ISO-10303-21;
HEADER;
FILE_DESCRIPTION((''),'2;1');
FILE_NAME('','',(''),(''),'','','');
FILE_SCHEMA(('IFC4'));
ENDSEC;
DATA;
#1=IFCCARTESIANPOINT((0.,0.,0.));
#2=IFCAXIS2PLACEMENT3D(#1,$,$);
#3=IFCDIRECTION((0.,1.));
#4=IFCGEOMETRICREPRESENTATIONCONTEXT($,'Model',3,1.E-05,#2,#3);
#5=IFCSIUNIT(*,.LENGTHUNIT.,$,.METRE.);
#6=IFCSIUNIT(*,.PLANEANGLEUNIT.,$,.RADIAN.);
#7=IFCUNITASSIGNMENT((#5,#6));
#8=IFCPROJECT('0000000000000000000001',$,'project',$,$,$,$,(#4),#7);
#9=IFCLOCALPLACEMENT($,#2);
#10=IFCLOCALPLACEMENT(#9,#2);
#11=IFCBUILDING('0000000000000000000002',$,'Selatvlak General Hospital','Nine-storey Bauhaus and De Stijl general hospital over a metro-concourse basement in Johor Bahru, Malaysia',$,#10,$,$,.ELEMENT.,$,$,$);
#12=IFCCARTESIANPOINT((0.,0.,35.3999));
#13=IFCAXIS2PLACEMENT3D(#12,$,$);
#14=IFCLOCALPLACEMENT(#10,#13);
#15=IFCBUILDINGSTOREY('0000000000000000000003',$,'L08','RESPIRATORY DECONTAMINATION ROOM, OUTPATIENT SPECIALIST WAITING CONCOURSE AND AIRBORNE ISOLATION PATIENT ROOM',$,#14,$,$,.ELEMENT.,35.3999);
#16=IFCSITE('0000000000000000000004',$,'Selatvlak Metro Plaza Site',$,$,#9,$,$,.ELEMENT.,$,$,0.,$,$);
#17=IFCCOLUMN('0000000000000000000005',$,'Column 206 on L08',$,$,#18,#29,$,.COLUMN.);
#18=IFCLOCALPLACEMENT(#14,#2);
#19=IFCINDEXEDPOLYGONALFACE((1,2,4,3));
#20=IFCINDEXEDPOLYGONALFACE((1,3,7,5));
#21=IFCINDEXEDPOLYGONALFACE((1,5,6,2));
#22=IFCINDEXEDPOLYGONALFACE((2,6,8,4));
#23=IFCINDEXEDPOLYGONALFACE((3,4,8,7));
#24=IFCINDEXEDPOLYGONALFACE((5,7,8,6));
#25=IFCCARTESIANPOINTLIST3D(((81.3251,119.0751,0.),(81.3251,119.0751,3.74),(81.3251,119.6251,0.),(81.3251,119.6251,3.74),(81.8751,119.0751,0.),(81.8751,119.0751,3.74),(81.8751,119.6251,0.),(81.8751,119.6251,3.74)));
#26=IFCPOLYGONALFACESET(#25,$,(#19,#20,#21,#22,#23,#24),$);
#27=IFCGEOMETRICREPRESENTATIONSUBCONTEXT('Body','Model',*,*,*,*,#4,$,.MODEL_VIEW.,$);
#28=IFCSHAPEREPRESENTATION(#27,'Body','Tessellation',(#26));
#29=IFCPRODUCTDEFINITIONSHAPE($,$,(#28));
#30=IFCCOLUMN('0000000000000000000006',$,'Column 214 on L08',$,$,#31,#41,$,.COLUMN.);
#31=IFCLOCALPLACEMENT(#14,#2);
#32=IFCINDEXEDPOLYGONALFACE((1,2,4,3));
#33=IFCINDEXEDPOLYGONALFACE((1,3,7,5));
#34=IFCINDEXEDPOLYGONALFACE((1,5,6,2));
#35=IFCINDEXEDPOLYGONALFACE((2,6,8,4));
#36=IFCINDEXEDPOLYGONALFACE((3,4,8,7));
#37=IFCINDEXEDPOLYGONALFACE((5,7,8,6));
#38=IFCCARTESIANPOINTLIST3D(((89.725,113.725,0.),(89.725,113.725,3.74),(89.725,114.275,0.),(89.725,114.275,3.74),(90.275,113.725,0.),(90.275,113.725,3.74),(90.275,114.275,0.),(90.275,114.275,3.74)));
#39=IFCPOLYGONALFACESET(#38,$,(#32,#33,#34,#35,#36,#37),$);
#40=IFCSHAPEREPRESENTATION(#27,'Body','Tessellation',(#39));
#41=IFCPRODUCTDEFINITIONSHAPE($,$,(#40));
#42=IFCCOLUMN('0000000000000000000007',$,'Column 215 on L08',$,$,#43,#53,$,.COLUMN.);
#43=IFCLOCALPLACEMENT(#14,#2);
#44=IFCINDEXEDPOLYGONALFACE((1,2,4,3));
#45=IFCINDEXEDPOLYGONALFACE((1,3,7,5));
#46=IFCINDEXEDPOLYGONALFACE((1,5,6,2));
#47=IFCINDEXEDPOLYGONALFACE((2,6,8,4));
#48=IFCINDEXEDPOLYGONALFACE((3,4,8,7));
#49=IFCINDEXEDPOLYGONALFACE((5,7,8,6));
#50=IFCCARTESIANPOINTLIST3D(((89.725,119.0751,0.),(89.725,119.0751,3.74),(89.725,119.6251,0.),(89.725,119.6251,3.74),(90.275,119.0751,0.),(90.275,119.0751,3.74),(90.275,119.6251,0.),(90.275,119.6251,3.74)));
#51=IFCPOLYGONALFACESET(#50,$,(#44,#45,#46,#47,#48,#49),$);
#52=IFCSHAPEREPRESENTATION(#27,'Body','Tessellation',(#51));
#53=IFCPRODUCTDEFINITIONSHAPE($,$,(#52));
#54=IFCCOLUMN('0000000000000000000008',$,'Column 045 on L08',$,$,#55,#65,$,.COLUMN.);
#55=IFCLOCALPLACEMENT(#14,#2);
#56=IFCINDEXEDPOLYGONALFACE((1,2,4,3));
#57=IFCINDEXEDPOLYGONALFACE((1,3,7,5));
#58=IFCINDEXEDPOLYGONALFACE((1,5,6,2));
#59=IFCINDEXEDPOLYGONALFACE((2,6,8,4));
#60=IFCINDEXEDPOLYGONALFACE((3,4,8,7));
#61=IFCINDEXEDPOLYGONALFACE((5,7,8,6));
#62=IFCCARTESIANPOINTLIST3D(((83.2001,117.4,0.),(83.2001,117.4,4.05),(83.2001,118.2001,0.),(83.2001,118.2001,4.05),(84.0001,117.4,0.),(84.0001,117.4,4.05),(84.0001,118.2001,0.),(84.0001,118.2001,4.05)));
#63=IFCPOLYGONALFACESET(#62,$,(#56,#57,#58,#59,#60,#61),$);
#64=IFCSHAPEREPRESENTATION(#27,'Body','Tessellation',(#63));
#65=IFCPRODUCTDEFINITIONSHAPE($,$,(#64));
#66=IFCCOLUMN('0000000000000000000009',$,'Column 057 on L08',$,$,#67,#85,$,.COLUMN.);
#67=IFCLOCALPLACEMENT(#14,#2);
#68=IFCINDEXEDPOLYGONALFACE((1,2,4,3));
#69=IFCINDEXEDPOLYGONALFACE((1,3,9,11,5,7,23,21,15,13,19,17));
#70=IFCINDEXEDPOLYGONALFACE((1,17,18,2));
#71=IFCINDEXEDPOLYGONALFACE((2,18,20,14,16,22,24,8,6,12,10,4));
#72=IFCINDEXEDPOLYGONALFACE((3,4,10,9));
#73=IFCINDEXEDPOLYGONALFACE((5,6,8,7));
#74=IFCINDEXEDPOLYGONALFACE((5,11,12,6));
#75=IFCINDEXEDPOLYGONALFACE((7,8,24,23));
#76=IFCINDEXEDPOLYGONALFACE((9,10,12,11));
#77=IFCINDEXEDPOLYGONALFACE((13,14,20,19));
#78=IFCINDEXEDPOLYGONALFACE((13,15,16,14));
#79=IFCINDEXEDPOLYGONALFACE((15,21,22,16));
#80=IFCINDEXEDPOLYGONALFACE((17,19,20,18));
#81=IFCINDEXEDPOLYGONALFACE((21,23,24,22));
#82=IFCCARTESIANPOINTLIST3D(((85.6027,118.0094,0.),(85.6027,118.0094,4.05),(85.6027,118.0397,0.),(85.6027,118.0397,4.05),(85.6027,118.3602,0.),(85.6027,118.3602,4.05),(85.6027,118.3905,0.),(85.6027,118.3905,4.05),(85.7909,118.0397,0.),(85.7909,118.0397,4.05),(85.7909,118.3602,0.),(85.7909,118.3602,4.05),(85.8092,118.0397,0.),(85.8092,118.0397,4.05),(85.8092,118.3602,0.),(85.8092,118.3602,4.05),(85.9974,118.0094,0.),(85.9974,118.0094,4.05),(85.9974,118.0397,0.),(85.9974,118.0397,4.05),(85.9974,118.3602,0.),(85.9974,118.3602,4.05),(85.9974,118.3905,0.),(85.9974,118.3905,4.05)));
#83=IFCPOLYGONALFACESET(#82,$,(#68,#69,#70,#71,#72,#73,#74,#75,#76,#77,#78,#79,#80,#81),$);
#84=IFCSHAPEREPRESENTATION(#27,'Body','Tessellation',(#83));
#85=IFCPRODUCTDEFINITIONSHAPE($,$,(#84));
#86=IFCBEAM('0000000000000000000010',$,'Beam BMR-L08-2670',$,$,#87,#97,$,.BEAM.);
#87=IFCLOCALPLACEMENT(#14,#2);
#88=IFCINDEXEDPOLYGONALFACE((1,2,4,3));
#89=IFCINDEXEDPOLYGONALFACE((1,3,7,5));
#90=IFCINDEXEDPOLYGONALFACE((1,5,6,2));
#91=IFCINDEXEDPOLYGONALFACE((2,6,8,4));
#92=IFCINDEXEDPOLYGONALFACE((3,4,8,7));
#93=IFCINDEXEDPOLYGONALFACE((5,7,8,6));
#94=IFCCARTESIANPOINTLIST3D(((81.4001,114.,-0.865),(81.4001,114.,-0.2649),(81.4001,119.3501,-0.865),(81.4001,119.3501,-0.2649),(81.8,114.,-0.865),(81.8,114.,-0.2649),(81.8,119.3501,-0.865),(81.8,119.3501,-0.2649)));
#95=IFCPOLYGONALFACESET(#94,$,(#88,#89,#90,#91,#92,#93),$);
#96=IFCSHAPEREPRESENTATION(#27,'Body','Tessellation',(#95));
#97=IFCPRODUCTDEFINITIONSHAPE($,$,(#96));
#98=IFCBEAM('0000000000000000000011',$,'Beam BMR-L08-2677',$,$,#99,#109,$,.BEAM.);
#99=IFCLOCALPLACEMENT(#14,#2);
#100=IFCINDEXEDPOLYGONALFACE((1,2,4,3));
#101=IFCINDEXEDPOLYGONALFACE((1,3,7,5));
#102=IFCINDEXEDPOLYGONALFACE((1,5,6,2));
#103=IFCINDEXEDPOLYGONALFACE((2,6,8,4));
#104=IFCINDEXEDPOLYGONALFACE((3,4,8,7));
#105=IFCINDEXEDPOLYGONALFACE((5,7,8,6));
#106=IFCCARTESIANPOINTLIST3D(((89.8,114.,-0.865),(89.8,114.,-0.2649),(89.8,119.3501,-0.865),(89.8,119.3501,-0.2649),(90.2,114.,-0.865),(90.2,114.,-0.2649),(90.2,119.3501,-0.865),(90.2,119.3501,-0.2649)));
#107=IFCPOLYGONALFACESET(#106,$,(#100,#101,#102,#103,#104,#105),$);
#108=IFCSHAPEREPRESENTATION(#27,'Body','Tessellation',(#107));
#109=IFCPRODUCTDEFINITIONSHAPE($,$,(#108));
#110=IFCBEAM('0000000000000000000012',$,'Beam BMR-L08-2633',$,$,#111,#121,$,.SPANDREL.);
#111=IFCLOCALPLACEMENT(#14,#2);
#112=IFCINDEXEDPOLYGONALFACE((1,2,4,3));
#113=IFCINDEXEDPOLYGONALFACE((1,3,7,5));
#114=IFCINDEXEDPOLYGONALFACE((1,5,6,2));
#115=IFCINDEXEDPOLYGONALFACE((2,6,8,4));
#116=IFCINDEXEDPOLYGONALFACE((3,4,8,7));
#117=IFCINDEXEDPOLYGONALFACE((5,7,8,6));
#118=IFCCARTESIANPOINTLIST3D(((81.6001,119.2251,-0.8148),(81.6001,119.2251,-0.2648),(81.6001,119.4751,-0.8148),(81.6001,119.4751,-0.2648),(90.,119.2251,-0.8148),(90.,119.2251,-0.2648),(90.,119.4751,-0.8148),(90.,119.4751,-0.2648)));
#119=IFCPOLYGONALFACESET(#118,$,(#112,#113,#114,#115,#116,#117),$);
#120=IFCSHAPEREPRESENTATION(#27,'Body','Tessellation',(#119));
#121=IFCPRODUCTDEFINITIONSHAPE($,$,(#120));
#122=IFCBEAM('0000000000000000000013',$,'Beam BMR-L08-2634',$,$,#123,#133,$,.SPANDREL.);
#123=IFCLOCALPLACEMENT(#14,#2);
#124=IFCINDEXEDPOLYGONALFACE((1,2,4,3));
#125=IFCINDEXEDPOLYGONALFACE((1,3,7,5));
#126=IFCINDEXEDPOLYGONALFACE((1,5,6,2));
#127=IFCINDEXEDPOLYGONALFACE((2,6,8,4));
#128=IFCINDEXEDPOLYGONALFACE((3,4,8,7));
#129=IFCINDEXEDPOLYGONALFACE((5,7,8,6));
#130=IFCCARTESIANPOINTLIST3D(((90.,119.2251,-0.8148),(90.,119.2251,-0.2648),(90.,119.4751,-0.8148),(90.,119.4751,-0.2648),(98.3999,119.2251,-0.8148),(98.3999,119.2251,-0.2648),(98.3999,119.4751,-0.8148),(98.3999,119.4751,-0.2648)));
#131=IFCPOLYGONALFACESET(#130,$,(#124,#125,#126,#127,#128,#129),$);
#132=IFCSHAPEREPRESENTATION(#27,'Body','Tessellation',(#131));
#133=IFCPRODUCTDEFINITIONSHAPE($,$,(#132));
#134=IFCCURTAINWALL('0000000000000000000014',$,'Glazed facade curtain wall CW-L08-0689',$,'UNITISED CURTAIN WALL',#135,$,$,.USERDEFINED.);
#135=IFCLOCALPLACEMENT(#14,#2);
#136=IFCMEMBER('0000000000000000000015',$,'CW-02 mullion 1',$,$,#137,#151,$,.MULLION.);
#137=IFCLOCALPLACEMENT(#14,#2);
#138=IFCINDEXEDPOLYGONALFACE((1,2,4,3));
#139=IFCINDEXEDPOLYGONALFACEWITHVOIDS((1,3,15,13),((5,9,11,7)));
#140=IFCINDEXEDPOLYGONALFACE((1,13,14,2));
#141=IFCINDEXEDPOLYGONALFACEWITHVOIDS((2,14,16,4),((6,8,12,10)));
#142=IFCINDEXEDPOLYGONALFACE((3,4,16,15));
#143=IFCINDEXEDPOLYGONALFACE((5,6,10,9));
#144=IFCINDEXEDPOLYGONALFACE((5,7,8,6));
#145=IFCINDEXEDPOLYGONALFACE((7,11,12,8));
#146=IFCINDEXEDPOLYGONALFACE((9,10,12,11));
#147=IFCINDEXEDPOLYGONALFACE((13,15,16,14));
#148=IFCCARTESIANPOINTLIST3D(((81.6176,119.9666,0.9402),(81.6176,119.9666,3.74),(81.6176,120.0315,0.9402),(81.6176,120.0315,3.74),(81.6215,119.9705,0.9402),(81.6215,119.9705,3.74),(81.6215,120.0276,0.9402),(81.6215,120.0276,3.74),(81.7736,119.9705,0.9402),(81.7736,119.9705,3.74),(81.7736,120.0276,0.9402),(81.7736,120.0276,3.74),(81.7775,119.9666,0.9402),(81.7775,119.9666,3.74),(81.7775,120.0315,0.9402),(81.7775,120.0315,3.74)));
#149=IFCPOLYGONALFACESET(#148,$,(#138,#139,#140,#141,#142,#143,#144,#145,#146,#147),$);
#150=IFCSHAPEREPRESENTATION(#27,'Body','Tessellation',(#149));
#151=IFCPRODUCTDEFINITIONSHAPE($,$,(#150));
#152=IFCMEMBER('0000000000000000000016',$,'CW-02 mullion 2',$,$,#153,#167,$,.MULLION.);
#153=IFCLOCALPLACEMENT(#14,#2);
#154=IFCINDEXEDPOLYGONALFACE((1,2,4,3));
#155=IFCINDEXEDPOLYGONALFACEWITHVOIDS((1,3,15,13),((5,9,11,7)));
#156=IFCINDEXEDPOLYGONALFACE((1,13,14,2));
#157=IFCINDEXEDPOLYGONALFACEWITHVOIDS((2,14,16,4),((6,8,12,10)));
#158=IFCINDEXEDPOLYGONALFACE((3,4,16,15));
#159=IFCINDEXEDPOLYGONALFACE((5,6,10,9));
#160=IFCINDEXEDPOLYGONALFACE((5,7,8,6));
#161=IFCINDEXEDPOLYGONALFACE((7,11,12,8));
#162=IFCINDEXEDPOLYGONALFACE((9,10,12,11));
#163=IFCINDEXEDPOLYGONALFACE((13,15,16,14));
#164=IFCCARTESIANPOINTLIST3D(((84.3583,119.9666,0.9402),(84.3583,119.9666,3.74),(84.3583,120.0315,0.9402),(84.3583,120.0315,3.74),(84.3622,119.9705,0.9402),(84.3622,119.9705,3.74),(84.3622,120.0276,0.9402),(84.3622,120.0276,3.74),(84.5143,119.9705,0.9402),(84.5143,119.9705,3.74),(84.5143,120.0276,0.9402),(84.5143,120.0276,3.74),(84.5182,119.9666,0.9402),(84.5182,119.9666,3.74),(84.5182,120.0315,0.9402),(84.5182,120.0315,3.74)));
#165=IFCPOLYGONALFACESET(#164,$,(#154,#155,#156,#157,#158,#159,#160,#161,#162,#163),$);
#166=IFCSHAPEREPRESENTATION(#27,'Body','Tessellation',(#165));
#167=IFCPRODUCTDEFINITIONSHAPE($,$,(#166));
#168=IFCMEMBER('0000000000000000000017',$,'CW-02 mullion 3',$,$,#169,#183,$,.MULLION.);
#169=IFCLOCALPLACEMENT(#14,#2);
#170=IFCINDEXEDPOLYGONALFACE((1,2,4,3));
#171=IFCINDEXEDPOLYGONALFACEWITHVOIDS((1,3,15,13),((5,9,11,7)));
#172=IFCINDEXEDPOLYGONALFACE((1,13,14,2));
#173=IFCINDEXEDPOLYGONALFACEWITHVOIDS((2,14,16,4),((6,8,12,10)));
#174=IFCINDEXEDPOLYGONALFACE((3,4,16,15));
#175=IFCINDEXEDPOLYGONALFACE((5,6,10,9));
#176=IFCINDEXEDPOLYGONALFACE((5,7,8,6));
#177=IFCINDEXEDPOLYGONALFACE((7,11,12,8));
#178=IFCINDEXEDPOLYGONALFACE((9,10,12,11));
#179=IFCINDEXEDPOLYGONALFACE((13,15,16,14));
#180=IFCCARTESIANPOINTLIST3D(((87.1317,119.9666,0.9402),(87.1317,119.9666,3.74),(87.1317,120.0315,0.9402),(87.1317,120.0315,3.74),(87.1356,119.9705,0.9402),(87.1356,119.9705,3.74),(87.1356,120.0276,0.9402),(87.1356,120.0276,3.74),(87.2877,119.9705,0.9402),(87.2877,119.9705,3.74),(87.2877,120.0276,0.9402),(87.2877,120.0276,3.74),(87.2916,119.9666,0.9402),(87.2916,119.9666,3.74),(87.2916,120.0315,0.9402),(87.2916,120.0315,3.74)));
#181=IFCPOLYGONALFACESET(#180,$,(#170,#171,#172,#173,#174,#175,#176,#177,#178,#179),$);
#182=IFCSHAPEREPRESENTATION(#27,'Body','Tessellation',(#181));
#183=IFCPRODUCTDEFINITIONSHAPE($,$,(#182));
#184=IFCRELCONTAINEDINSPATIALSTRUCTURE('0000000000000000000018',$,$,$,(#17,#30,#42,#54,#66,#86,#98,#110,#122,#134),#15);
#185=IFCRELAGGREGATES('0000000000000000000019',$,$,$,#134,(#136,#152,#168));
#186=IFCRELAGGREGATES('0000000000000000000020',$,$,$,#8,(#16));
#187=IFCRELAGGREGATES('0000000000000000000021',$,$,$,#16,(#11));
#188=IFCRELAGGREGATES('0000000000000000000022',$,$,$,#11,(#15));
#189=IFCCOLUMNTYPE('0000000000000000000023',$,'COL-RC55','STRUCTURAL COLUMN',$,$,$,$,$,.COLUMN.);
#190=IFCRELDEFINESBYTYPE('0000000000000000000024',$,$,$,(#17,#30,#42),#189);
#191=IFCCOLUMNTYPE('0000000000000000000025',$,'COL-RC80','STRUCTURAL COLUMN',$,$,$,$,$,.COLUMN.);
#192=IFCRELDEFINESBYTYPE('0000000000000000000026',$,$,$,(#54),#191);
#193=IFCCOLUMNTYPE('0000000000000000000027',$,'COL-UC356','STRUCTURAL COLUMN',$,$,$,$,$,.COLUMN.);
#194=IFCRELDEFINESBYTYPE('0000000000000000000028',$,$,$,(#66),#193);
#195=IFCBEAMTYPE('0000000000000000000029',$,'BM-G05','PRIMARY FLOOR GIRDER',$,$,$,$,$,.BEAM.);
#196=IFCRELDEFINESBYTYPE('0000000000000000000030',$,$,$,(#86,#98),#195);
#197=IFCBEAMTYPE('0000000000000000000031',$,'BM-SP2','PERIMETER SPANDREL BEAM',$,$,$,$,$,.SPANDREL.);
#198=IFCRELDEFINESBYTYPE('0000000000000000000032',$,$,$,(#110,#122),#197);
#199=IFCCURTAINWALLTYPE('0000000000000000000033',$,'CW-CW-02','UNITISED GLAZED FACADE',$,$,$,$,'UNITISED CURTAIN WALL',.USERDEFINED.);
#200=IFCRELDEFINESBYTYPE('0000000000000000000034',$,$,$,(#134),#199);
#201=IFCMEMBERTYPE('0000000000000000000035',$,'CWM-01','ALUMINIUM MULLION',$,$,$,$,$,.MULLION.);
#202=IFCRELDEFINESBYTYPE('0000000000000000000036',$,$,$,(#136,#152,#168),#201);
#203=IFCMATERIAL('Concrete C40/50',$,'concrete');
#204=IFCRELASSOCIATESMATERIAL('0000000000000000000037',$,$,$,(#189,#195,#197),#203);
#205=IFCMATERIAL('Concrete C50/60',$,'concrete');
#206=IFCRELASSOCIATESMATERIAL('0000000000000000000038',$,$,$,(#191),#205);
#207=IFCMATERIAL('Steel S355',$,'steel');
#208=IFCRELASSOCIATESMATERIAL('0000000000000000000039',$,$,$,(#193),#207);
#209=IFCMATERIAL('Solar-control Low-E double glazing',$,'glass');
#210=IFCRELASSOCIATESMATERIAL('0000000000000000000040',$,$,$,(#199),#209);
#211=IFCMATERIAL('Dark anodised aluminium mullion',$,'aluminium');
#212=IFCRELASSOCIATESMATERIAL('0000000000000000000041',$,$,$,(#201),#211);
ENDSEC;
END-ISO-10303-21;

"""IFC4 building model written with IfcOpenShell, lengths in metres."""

from ifc_helpers import new_model, si_unit, direction, frame, origin, origin_2d, place, context, subcontext, project, spatial, rectangle, hollow_rectangle, i_section, extrude, material, material_profile, profile_set, type_object, element, aggregate, save


model = new_model("IFC4")

# Units and contexts
model_context = context("Model", 3, precision=1e-05, world=origin(), true_north=direction((0.0, 1.0)))
body_context = subcontext(model_context, "Body", "Model", "MODEL_VIEW")
ifc_project = project(units=[si_unit("LENGTHUNIT", "METRE"), si_unit("PLANEANGLEUNIT", "RADIAN")], contexts=[model_context])

# Site, building, storey
site_placement = place(None, origin())
site = spatial("IfcSite", under=ifc_project, at=site_placement, Name="Selatvlak Metro Plaza Site", CompositionType="ELEMENT", RefElevation=0.0)
building_placement = place(site_placement, origin())
building = spatial("IfcBuilding", under=site, at=building_placement, Name="Selatvlak General Hospital", Description="Nine-storey Bauhaus and De Stijl general hospital over a metro-concourse basement in Johor Bahru, Malaysia", CompositionType="ELEMENT")
storey_placement = place(building_placement, frame((0.0, 0.0, 35.3999)))
storey = spatial("IfcBuildingStorey", under=building, at=storey_placement, Name="L08", Description="RESPIRATORY DECONTAMINATION ROOM, OUTPATIENT SPECIALIST WAITING CONCOURSE AND AIRBORNE ISOLATION PATIENT ROOM", CompositionType="ELEMENT", Elevation=35.3999)

# Columns
ifc_material_1 = material(Name="Concrete C40/50", Category="concrete")
ifc_material_profile_1 = material_profile(ifc_material_1, rectangle(XDim=0.55, YDim=0.55, at=origin_2d()), Name="RC-COL 550x550")
ifc_profile_set_1 = profile_set([ifc_material_profile_1], Name="Concrete C40/50")
column_type_1 = type_object("IfcColumnType", Name="COL-RC55", Description="STRUCTURAL COLUMN", PredefinedType="COLUMN", material=ifc_profile_set_1)
for number, where, z_axis, x_axis, name in (
    (1, (81.6001, 119.3501, 0.0), (0.0, 0.0, 1.0), (1.0, 0.0, 0.0), "Column 206 on L08"),
    (2, (90.0, 114.0, 0.0), (0.0, 0.0, 1.0), (1.0, 0.0, 0.0), "Column 214 on L08"),
    (3, (90.0, 119.3501, 0.0), (0.0, 0.0, 1.0), (1.0, 0.0, 0.0), "Column 215 on L08"),
):
    element("IfcColumn", number, at=place(storey_placement, frame(where, z_axis=z_axis, x_axis=x_axis)), inside=storey, type_object=column_type_1, Name=name, PredefinedType="COLUMN", context=body_context, shape_type="SweptSolid", body=[
        extrude(rectangle(XDim=0.55, YDim=0.55, at=origin_2d()), origin(), (0.0, 0.0, 1.0), 3.74),
    ])
ifc_material_2 = material(Name="Concrete C50/60", Category="concrete")
ifc_material_profile_2 = material_profile(ifc_material_2, rectangle(XDim=0.8, YDim=0.8, at=origin_2d()), Name="RC-COL 800x800")
ifc_profile_set_2 = profile_set([ifc_material_profile_2], Name="Concrete C50/60")
column_type_2 = type_object("IfcColumnType", Name="COL-RC80", Description="STRUCTURAL COLUMN", PredefinedType="COLUMN", material=ifc_profile_set_2)
column_1_placement = place(storey_placement, frame((83.6001, 117.8, 0.0), z_axis=(0.0, 0.0, 1.0), x_axis=(1.0, 0.0, 0.0)))
element("IfcColumn", 4, at=column_1_placement, inside=storey, type_object=column_type_2, Name="Column 045 on L08", PredefinedType="COLUMN", context=body_context, shape_type="SweptSolid", body=[
    extrude(rectangle(XDim=0.8, YDim=0.8, at=origin_2d()), origin(), (0.0, 0.0, 1.0), 4.05),
])
ifc_material_3 = material(Name="Steel S355", Category="steel")
ifc_material_profile_3 = material_profile(ifc_material_3, i_section(OverallWidth=0.3948, OverallDepth=0.3811, WebThickness=0.0183, FlangeThickness=0.0303, at=origin_2d()), Name="UC 356x406x235")
ifc_profile_set_3 = profile_set([ifc_material_profile_3], Name="Steel S355")
column_type_3 = type_object("IfcColumnType", Name="COL-UC356", Description="STRUCTURAL COLUMN", PredefinedType="COLUMN", material=ifc_profile_set_3)
column_2_placement = place(storey_placement, frame((85.8, 118.2, 0.0), z_axis=(0.0, 0.0, 1.0), x_axis=(1.0, 0.0, 0.0)))
element("IfcColumn", 5, at=column_2_placement, inside=storey, type_object=column_type_3, Name="Column 057 on L08", PredefinedType="COLUMN", context=body_context, shape_type="SweptSolid", body=[
    extrude(i_section(OverallWidth=0.3948, OverallDepth=0.3811, WebThickness=0.0183, FlangeThickness=0.0303, at=origin_2d()), origin(), (0.0, 0.0, 1.0), 4.05),
])

# Beams
ifc_material_profile_4 = material_profile(ifc_material_1, rectangle(XDim=0.3999, YDim=0.6001, at=origin_2d()), Name="RC-BM 400x600")
ifc_profile_set_4 = profile_set([ifc_material_profile_4], Name="Concrete C40/50")
beam_type_1 = type_object("IfcBeamType", Name="BM-G05", Description="PRIMARY FLOOR GIRDER", PredefinedType="BEAM", material=ifc_profile_set_4)
for number, where, z_axis, x_axis, name in (
    (6, (81.6001, 114.0, -0.5649), (0.0, 1.0, 0.0), (-1.0, 0.0, 0.0), "Beam BMR-L08-2670"),
    (7, (90.0, 114.0, -0.5649), (0.0, 1.0, 0.0), (-1.0, 0.0, 0.0), "Beam BMR-L08-2677"),
):
    element("IfcBeam", number, at=place(storey_placement, frame(where, z_axis=z_axis, x_axis=x_axis)), inside=storey, type_object=beam_type_1, Name=name, PredefinedType="BEAM", context=body_context, shape_type="SweptSolid", body=[
        extrude(rectangle(XDim=0.3999, YDim=0.6001, at=origin_2d()), origin(), (0.0, 0.0, 1.0), 5.3501),
    ])
ifc_material_profile_5 = material_profile(ifc_material_1, rectangle(XDim=0.25, YDim=0.55, at=origin_2d()), Name="RC-SP 250x550")
ifc_profile_set_5 = profile_set([ifc_material_profile_5], Name="Concrete C40/50")
beam_type_2 = type_object("IfcBeamType", Name="BM-SP2", Description="PERIMETER SPANDREL BEAM", PredefinedType="SPANDREL", material=ifc_profile_set_5)
for number, where, z_axis, x_axis, name in (
    (8, (81.6001, 119.3501, -0.5398), (1.0, 0.0, 0.0), (0.0, 1.0, 0.0), "Beam BMR-L08-2633"),
    (9, (90.0, 119.3501, -0.5398), (1.0, 0.0, 0.0), (0.0, 1.0, 0.0), "Beam BMR-L08-2634"),
):
    element("IfcBeam", number, at=place(storey_placement, frame(where, z_axis=z_axis, x_axis=x_axis)), inside=storey, type_object=beam_type_2, Name=name, PredefinedType="SPANDREL", context=body_context, shape_type="SweptSolid", body=[
        extrude(rectangle(XDim=0.25, YDim=0.55, at=origin_2d()), origin(), (0.0, 0.0, 1.0), 8.3999),
    ])

# Curtain wall, members
ifc_material_4 = material(Name="Solar-control Low-E double glazing", Category="glass")
curtain_wall_type_1 = type_object("IfcCurtainWallType", Name="CW-CW-02", Description="UNITISED GLAZED FACADE", ElementType="UNITISED CURTAIN WALL", PredefinedType="USERDEFINED", material=ifc_material_4)
curtain_wall_1_placement = place(storey_placement, origin())
curtain_wall_1 = element("IfcCurtainWall", 10, at=curtain_wall_1_placement, inside=storey, type_object=curtain_wall_type_1, Name="Glazed facade curtain wall CW-L08-0689", ObjectType="UNITISED CURTAIN WALL", PredefinedType="USERDEFINED")
ifc_material_5 = material(Name="Dark anodised aluminium mullion", Category="aluminium")
ifc_material_profile_6 = material_profile(ifc_material_5, hollow_rectangle(XDim=0.0649, YDim=0.1599, WallThickness=0.0039, at=origin_2d()), Name="AL-MUL 65x160x4")
ifc_profile_set_6 = profile_set([ifc_material_profile_6], Name="Dark anodised aluminium mullion")
member_type_1 = type_object("IfcMemberType", Name="CWM-01", Description="ALUMINIUM MULLION", PredefinedType="MULLION", material=ifc_profile_set_6)
member_1_placement = place(storey_placement, frame((81.6975, 119.999, 0.9402), z_axis=(0.0, 0.0, 1.0), x_axis=(0.0, 1.0, 0.0)))
member_1 = element("IfcMember", 11, at=member_1_placement, type_object=member_type_1, Name="CW-02 mullion 1", PredefinedType="MULLION", context=body_context, shape_type="SweptSolid", body=[
    extrude(hollow_rectangle(XDim=0.0649, YDim=0.1599, WallThickness=0.0039, at=origin_2d()), origin(), (0.0, 0.0, 1.0), 2.7998),
])
member_2_placement = place(storey_placement, frame((84.4382, 119.999, 0.9402), z_axis=(0.0, 0.0, 1.0), x_axis=(0.0, 1.0, 0.0)))
member_2 = element("IfcMember", 12, at=member_2_placement, type_object=member_type_1, Name="CW-02 mullion 2", PredefinedType="MULLION", context=body_context, shape_type="SweptSolid", body=[
    extrude(hollow_rectangle(XDim=0.0649, YDim=0.1599, WallThickness=0.0039, at=origin_2d()), origin(), (0.0, 0.0, 1.0), 2.7998),
])
member_3_placement = place(storey_placement, frame((87.2117, 119.999, 0.9402), z_axis=(0.0, 0.0, 1.0), x_axis=(0.0, 1.0, 0.0)))
member_3 = element("IfcMember", 13, at=member_3_placement, type_object=member_type_1, Name="CW-02 mullion 3", PredefinedType="MULLION", context=body_context, shape_type="SweptSolid", body=[
    extrude(hollow_rectangle(XDim=0.0649, YDim=0.1599, WallThickness=0.0039, at=origin_2d()), origin(), (0.0, 0.0, 1.0), 2.7998),
])

aggregate(curtain_wall_1, [member_1, member_2, member_3])

save(model, "model.ifc")
